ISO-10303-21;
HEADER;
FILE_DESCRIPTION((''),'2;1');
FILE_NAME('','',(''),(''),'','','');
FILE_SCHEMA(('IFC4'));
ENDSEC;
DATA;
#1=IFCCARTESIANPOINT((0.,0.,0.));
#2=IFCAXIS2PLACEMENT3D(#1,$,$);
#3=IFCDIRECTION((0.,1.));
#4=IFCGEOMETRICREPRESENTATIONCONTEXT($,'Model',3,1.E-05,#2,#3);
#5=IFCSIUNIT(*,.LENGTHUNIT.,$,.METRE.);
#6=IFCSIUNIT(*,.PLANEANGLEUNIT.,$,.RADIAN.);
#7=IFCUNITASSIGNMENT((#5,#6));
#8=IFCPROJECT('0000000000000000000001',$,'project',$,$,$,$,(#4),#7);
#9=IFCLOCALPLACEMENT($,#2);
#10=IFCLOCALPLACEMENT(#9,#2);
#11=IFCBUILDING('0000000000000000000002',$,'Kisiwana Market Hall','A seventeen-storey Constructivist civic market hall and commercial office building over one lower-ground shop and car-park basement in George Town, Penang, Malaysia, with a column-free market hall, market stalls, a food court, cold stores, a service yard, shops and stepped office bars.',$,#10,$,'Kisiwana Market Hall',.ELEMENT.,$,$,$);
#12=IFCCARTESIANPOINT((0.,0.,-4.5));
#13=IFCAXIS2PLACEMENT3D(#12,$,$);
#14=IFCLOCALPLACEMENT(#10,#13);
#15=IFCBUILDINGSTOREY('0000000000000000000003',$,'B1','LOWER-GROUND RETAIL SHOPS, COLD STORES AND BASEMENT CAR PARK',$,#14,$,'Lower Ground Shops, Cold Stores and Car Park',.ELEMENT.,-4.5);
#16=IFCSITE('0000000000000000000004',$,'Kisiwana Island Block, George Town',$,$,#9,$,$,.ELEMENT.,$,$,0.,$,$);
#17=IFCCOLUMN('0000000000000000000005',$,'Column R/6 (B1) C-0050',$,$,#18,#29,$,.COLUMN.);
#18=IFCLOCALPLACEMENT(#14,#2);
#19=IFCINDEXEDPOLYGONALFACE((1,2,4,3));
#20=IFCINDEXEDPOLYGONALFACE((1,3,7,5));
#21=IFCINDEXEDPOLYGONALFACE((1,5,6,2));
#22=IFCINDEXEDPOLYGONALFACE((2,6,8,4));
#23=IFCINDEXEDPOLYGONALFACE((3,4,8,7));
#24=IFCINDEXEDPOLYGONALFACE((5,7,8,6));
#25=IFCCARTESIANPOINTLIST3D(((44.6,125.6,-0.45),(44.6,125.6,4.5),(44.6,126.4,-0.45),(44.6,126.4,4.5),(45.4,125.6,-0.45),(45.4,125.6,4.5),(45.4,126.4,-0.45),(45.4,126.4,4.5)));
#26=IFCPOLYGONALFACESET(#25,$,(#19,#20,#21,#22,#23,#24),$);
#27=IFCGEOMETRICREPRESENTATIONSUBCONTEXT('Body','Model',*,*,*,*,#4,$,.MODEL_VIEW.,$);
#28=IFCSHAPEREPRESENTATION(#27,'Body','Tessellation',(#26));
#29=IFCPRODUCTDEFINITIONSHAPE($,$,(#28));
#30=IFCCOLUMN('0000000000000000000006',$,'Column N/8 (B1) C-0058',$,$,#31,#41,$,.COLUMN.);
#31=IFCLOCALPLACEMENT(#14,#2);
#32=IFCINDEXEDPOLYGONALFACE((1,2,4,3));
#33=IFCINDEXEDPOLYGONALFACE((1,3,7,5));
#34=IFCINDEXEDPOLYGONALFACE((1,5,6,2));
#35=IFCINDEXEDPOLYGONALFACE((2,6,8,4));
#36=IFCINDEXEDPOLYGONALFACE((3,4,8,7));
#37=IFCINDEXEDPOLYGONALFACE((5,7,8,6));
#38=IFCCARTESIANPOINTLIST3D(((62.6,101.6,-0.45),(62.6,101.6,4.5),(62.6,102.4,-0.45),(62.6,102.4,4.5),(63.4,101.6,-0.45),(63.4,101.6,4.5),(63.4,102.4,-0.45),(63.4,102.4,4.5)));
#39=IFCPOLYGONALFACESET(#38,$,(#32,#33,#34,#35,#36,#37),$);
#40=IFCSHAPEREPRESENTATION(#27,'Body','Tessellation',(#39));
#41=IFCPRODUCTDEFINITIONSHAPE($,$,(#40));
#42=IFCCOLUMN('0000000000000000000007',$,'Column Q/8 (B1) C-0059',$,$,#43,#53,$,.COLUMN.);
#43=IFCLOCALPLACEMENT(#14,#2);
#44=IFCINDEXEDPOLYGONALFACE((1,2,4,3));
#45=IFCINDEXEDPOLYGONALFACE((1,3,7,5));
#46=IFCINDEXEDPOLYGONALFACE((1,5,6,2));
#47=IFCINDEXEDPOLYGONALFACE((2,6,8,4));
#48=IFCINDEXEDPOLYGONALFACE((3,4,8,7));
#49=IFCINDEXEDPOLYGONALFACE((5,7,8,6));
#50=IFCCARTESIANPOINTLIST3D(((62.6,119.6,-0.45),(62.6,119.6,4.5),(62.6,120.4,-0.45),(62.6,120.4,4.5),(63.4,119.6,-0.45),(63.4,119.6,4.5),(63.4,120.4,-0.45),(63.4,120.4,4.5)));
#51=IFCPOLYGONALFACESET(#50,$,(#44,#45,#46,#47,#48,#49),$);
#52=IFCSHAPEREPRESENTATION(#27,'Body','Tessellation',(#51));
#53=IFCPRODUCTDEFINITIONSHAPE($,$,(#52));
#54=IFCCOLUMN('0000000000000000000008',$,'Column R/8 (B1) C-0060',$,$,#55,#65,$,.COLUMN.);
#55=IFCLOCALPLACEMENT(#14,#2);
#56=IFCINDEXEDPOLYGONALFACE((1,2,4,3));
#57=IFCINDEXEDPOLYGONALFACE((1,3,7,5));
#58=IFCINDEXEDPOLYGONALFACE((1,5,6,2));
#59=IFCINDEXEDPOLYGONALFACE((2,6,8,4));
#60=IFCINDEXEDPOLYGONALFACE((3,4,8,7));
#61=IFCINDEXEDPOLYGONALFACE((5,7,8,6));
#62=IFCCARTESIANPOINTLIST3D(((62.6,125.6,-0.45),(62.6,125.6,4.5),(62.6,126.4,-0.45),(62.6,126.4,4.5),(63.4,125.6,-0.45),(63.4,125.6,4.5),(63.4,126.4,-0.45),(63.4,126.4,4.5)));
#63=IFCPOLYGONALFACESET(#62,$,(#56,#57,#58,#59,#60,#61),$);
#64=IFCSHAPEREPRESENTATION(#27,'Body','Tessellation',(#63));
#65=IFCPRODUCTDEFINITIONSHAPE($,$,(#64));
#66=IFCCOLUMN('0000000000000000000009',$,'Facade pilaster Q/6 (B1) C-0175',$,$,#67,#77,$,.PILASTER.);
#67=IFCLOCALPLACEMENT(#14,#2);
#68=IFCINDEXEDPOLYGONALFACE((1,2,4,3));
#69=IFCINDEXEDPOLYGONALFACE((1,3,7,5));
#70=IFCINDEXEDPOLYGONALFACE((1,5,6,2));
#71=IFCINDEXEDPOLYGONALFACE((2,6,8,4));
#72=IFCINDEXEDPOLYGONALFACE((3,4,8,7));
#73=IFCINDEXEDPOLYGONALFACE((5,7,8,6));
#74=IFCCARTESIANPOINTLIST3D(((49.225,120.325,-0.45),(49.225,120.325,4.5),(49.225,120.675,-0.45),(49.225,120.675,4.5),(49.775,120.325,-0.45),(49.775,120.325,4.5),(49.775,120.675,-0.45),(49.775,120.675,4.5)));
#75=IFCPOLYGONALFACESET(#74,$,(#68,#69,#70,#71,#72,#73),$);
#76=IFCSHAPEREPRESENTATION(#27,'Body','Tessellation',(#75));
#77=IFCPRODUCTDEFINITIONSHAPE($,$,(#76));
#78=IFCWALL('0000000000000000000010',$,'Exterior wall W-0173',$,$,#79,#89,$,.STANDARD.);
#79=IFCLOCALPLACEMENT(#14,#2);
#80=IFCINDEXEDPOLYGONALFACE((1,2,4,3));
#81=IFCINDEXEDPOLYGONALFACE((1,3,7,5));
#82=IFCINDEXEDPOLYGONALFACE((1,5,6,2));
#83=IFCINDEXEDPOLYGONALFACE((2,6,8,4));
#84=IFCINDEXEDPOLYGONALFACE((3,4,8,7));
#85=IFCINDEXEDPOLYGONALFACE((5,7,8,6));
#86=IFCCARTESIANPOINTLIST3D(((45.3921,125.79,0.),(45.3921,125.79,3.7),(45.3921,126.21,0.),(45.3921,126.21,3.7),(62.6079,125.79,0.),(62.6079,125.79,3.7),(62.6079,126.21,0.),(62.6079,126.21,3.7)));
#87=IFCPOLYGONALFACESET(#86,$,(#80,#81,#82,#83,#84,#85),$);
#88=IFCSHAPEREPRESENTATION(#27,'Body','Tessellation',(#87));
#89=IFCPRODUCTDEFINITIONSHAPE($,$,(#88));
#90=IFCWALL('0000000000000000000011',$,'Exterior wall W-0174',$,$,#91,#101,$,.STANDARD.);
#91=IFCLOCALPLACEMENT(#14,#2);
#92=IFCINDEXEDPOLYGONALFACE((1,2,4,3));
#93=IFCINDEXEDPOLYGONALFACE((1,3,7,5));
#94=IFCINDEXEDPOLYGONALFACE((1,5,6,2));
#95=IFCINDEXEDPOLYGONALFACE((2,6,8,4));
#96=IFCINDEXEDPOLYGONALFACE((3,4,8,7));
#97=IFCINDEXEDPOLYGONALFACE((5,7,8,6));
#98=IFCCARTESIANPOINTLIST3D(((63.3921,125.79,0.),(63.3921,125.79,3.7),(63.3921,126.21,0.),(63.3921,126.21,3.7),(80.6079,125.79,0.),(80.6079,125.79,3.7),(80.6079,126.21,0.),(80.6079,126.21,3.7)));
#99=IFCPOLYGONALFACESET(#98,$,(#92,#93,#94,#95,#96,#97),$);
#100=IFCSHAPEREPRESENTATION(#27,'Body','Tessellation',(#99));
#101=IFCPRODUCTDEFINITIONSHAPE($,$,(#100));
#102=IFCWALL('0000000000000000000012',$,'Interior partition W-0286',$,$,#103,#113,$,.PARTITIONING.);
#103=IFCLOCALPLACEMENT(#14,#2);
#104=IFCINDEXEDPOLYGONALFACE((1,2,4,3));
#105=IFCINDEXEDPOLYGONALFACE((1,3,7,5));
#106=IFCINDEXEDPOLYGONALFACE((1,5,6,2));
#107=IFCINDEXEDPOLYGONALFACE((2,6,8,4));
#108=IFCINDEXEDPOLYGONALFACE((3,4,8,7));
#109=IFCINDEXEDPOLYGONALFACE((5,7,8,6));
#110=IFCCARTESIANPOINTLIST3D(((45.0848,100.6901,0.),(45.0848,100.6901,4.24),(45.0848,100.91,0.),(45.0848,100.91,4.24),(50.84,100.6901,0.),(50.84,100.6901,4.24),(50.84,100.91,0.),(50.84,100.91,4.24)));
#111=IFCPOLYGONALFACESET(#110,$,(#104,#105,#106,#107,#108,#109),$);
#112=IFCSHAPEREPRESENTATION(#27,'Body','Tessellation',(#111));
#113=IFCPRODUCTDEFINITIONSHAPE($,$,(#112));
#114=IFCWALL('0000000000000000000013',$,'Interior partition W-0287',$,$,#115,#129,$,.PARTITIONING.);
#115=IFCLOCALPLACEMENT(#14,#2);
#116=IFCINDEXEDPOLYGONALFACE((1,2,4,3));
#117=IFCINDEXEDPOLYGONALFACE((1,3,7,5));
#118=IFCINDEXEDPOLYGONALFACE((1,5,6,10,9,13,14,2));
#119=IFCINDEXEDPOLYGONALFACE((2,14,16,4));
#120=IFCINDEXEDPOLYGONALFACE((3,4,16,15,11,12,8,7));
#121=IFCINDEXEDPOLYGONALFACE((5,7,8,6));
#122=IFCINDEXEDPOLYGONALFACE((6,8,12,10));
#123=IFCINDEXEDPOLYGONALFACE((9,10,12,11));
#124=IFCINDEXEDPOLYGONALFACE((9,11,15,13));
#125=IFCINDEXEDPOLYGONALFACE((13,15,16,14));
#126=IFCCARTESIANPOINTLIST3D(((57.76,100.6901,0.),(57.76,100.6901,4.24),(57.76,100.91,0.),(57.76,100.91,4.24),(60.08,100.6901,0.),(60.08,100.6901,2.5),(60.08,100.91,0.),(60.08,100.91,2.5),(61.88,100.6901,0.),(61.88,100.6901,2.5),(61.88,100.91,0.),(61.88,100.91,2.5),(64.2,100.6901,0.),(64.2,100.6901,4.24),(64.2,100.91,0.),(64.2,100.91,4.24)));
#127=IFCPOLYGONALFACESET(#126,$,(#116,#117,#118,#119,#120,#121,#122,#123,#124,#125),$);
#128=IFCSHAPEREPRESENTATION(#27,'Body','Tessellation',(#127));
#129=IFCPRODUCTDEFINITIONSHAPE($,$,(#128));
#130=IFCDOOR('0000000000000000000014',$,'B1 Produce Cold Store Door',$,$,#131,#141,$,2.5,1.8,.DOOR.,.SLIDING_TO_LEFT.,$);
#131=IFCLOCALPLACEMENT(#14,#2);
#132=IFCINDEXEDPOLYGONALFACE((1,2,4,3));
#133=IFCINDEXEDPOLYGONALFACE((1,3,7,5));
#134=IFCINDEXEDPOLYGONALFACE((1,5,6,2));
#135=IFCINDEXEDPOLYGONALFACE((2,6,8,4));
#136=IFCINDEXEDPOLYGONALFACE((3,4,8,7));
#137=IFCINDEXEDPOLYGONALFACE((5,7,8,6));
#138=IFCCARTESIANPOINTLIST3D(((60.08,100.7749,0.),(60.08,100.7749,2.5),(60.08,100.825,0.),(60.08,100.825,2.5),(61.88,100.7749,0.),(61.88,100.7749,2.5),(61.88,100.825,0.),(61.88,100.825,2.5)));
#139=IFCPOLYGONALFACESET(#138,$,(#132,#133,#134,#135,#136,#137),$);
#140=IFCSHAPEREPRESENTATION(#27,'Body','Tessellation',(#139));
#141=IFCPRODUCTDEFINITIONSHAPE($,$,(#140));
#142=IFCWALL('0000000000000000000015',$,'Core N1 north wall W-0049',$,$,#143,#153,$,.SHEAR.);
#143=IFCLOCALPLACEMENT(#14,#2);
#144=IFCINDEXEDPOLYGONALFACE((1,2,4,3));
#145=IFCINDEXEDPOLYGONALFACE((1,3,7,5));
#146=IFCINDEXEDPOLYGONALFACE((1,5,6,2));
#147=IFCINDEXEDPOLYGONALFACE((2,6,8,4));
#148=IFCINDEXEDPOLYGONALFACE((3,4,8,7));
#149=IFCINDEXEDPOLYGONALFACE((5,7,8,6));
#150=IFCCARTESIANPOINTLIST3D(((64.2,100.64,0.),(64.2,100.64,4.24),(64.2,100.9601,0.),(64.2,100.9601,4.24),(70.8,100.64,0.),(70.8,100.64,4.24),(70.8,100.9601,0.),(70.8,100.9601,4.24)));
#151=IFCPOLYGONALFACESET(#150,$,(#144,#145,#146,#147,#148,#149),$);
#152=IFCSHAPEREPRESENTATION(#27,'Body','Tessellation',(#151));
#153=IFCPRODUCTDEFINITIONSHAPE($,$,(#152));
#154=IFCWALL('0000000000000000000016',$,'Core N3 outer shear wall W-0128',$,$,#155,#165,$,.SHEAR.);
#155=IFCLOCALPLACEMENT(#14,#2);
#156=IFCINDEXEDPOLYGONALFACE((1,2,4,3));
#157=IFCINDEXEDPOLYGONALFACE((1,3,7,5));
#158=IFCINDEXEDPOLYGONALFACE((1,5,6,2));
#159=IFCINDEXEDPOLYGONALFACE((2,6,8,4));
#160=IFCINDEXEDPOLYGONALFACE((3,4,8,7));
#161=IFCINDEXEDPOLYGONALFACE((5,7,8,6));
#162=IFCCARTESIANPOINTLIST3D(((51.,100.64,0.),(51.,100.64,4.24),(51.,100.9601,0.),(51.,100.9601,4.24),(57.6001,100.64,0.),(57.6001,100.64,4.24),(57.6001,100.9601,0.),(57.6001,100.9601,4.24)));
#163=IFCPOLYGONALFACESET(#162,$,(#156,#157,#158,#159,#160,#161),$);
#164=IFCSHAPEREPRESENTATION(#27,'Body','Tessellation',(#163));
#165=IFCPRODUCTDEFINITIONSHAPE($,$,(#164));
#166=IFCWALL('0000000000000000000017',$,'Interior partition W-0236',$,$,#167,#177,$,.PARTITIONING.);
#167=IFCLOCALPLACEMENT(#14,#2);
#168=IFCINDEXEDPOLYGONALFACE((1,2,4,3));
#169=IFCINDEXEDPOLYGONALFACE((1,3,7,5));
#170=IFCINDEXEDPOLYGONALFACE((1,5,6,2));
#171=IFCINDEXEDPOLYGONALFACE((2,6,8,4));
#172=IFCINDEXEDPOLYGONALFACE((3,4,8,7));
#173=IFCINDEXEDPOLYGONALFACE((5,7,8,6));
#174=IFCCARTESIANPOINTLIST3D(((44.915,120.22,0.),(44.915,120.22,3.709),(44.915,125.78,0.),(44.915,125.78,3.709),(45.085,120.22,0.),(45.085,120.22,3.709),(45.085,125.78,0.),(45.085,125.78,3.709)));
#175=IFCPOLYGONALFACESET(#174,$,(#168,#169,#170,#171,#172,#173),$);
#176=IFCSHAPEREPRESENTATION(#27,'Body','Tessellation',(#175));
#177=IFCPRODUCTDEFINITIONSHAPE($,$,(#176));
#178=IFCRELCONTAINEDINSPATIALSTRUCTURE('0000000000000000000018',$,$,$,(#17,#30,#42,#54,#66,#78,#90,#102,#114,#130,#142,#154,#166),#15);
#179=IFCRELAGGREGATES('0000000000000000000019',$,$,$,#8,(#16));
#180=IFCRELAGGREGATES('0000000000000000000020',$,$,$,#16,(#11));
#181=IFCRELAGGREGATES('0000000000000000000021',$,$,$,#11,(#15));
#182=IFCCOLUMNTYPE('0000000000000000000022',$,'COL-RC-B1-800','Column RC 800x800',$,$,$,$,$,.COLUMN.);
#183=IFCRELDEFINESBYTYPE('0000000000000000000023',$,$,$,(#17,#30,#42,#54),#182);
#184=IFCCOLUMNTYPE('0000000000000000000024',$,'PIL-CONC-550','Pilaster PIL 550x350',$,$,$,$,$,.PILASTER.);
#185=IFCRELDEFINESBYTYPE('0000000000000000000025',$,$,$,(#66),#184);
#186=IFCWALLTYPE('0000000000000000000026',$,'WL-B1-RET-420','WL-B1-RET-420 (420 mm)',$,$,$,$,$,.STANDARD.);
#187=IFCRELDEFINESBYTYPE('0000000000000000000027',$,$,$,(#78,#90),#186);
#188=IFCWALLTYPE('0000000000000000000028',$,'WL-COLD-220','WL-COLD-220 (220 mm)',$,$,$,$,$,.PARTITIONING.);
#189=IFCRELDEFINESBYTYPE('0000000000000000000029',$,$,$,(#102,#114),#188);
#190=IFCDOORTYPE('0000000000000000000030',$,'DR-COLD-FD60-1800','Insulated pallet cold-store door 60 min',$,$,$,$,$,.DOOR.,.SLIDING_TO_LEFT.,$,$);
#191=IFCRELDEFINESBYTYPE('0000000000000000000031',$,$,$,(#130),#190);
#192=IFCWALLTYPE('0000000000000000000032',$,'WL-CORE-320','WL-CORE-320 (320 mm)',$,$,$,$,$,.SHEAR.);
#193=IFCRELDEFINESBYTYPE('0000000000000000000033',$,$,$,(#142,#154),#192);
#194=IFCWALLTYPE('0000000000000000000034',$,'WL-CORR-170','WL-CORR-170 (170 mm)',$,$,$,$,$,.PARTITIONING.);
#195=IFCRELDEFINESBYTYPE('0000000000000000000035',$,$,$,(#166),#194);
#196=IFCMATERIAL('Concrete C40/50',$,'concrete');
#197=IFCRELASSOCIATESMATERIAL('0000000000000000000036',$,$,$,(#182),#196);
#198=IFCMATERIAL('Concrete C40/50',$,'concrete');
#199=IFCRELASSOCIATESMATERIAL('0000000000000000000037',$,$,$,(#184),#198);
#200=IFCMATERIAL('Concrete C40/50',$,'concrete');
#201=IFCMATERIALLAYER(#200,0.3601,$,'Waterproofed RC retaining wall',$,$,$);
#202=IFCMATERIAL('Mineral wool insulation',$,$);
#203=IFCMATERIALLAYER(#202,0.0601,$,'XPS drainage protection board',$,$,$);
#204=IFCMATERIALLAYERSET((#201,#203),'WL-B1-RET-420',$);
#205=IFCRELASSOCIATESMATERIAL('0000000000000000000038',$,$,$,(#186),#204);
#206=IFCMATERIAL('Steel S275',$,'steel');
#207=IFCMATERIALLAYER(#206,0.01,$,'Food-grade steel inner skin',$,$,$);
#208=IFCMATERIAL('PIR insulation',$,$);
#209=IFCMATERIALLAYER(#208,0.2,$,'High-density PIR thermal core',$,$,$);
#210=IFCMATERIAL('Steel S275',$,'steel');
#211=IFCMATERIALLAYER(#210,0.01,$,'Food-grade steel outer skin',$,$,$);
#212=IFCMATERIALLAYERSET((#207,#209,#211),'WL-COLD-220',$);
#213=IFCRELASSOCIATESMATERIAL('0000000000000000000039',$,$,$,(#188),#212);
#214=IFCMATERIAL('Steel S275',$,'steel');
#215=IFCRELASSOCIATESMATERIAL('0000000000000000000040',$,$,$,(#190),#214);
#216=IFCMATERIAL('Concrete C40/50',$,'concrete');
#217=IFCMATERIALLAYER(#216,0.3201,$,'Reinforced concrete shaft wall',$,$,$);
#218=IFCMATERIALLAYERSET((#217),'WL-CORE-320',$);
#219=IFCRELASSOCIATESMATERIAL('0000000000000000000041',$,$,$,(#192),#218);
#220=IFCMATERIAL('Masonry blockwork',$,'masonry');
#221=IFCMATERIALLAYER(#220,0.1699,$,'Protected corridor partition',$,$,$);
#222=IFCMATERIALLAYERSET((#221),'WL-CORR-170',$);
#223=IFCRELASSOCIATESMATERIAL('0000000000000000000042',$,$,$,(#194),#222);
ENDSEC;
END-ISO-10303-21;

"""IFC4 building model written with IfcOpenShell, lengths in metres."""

from ifc_helpers import new_model, si_unit, direction, frame, frame_2d, origin, origin_2d, place, context, subcontext, project, spatial, rectangle, extrude, material, layer, layer_set, material_profile, profile_set, type_object, element, fill, save


model = new_model("IFC4")

# Units and contexts
model_context = context("Model", 3, precision=1e-05, world=origin(), true_north=direction((0.0, 1.0)))
body_context = subcontext(model_context, "Body", "Model", "MODEL_VIEW")
ifc_project = project(units=[si_unit("LENGTHUNIT", "METRE"), si_unit("PLANEANGLEUNIT", "RADIAN")], contexts=[model_context])

# Site, building, storey
site_placement = place(None, origin())
site = spatial("IfcSite", under=ifc_project, at=site_placement, Name="Kisiwana Island Block, George Town", CompositionType="ELEMENT", RefElevation=0.0)
building_placement = place(site_placement, origin())
building = spatial("IfcBuilding", under=site, at=building_placement, Name="Kisiwana Market Hall", Description="A seventeen-storey Constructivist civic market hall and commercial office building over one lower-ground shop and car-park basement in George Town, Penang, Malaysia, with a column-free market hall, market stalls, a food court, cold stores, a service yard, shops and stepped office bars.", LongName="Kisiwana Market Hall", CompositionType="ELEMENT")
storey_placement = place(building_placement, frame((0.0, 0.0, -4.5)))
storey = spatial("IfcBuildingStorey", under=building, at=storey_placement, Name="B1", Description="LOWER-GROUND RETAIL SHOPS, COLD STORES AND BASEMENT CAR PARK", LongName="Lower Ground Shops, Cold Stores and Car Park", CompositionType="ELEMENT", Elevation=-4.5)

# Columns
ifc_material_1 = material(Name="Concrete C40/50", Category="concrete")
ifc_material_profile_1 = material_profile(ifc_material_1, rectangle(XDim=0.8, YDim=0.8, at=origin_2d()), Name="RC 800x800")
ifc_profile_set_1 = profile_set([ifc_material_profile_1], Name="Concrete C40/50")
column_type_1 = type_object("IfcColumnType", Name="COL-RC-B1-800", Description="Column RC 800x800", PredefinedType="COLUMN", material=ifc_profile_set_1)
for number, where, z_axis, x_axis, name in (
    (1, (45.0, 126.0, -0.45), (0.0, 0.0, 1.0), (1.0, 0.0, 0.0), "Column R/6 (B1) C-0050"),
    (2, (63.0, 102.0, -0.45), (0.0, 0.0, 1.0), (1.0, 0.0, 0.0), "Column N/8 (B1) C-0058"),
    (3, (63.0, 120.0, -0.45), (0.0, 0.0, 1.0), (1.0, 0.0, 0.0), "Column Q/8 (B1) C-0059"),
    (4, (63.0, 126.0, -0.45), (0.0, 0.0, 1.0), (1.0, 0.0, 0.0), "Column R/8 (B1) C-0060"),
):
    element("IfcColumn", number, at=place(storey_placement, frame(where, z_axis=z_axis, x_axis=x_axis)), inside=storey, type_object=column_type_1, Name=name, PredefinedType="COLUMN", context=body_context, shape_type="SweptSolid", body=[
        extrude(rectangle(XDim=0.8, YDim=0.8, at=origin_2d()), origin(), (0.0, 0.0, 1.0), 4.95),
    ])
ifc_material_2 = material(Name="Concrete C40/50", Category="concrete")
ifc_material_profile_2 = material_profile(ifc_material_2, rectangle(XDim=0.55, YDim=0.3501, at=origin_2d()), Name="PIL 550x350")
ifc_profile_set_2 = profile_set([ifc_material_profile_2], Name="Concrete C40/50")
column_type_2 = type_object("IfcColumnType", Name="PIL-CONC-550", Description="Pilaster PIL 550x350", PredefinedType="PILASTER", material=ifc_profile_set_2)
column_placement = place(storey_placement, frame((49.5, 120.5, -0.45), z_axis=(0.0, 0.0, 1.0), x_axis=(1.0, 0.0, 0.0)))
element("IfcColumn", 5, at=column_placement, inside=storey, type_object=column_type_2, Name="Facade pilaster Q/6 (B1) C-0175", PredefinedType="PILASTER", context=body_context, shape_type="SweptSolid", body=[
    extrude(rectangle(XDim=0.55, YDim=0.3501, at=origin_2d()), origin(), (0.0, 0.0, 1.0), 4.95),
])

# Walls
ifc_material_3 = material(Name="Concrete C40/50", Category="concrete")
ifc_layer_1 = layer(ifc_material_3, 0.3601, Name="Waterproofed RC retaining wall")
ifc_material_4 = material(Name="Mineral wool insulation")
ifc_layer_2 = layer(ifc_material_4, 0.0601, Name="XPS drainage protection board")
ifc_layer_set_1 = layer_set([ifc_layer_1, ifc_layer_2], Name="WL-B1-RET-420")
wall_type_1 = type_object("IfcWallType", Name="WL-B1-RET-420", Description="WL-B1-RET-420 (420 mm)", PredefinedType="STANDARD", material=ifc_layer_set_1)
for number, where, z_axis, x_axis, name in (
    (6, (45.3921, 126.0, 0.0), (0.0, 0.0, 1.0), (1.0, 0.0, 0.0), "Exterior wall W-0173"),
    (7, (63.3921, 126.0, 0.0), (0.0, 0.0, 1.0), (1.0, 0.0, 0.0), "Exterior wall W-0174"),
):
    element("IfcWall", number, at=place(storey_placement, frame(where, z_axis=z_axis, x_axis=x_axis)), inside=storey, type_object=wall_type_1, Name=name, PredefinedType="STANDARD", context=body_context, shape_type="SweptSolid", body=[
        extrude(rectangle(XDim=17.2158, YDim=0.4199, at=frame_2d((8.6079, 0.0))), origin(), (0.0, 0.0, 1.0), 3.7),
    ])
ifc_material_5 = material(Name="Steel S275", Category="steel")
ifc_layer_3 = layer(ifc_material_5, 0.01, Name="Food-grade steel inner skin")
ifc_material_6 = material(Name="PIR insulation")
ifc_layer_4 = layer(ifc_material_6, 0.2, Name="High-density PIR thermal core")
ifc_material_7 = material(Name="Steel S275", Category="steel")
ifc_layer_5 = layer(ifc_material_7, 0.01, Name="Food-grade steel outer skin")
ifc_layer_set_2 = layer_set([ifc_layer_3, ifc_layer_4, ifc_layer_5], Name="WL-COLD-220")
wall_type_2 = type_object("IfcWallType", Name="WL-COLD-220", Description="WL-COLD-220 (220 mm)", PredefinedType="PARTITIONING", material=ifc_layer_set_2)
wall_1_placement = place(storey_placement, frame((45.085, 100.8, 0.0), z_axis=(0.0, 0.0, 1.0), x_axis=(1.0, 0.0, 0.0)))
element("IfcWall", 8, at=wall_1_placement, inside=storey, type_object=wall_type_2, Name="Interior partition W-0286", PredefinedType="PARTITIONING", context=body_context, shape_type="SweptSolid", body=[
    extrude(rectangle(XDim=5.7551, YDim=0.22, at=frame_2d((2.8774, 0.0))), origin(), (0.0, 0.0, 1.0), 4.24),
])

# Wall, opening, door
wall_2_placement = place(storey_placement, frame((57.76, 100.8, 0.0), z_axis=(0.0, 0.0, 1.0), x_axis=(1.0, 0.0, 0.0)))
wall_2 = element("IfcWall", 9, at=wall_2_placement, inside=storey, type_object=wall_type_2, Name="Interior partition W-0287", PredefinedType="PARTITIONING", context=body_context, shape_type="SweptSolid", body=[
    extrude(rectangle(XDim=6.4399, YDim=0.22, at=frame_2d((3.22, 0.0))), origin(), (0.0, 0.0, 1.0), 4.24),
])
opening_placement = place(wall_2_placement, frame((2.3201, 0.0, 0.0)))
opening = element("IfcOpeningElement", 10, at=opening_placement, cuts=wall_2, PredefinedType="OPENING", context=body_context, shape_type="SweptSolid", body=[
    extrude(rectangle(XDim=1.8, YDim=2.5, at=frame_2d((0.8999, 1.25))), frame((0.0, 0.1221, 0.0), z_axis=(0.0, -1.0, 0.0), x_axis=(1.0, 0.0, 0.0)), (0.0, 0.0, 1.0), 0.2439),
])
ifc_material_8 = material(Name="Steel S275", Category="steel")
door_type = type_object("IfcDoorType", Name="DR-COLD-FD60-1800", Description="Insulated pallet cold-store door 60 min", OperationType="SLIDING_TO_LEFT", PredefinedType="DOOR", material=ifc_material_8)
door_placement = place(opening_placement, origin())
door = element("IfcDoor", 11, at=door_placement, inside=storey, type_object=door_type, Name="B1 Produce Cold Store Door", OperationType="SLIDING_TO_LEFT", OverallHeight=2.5, OverallWidth=1.8, PredefinedType="DOOR", context=body_context, shape_type="SweptSolid", body=[
    extrude(rectangle(XDim=1.8, YDim=2.5, at=frame_2d((0.8999, 1.25))), frame((0.0, 0.0249, 0.0), z_axis=(0.0, -1.0, 0.0), x_axis=(1.0, 0.0, 0.0)), (0.0, 0.0, 1.0), 0.05),
])
fill(opening, door)

# Walls
ifc_material_9 = material(Name="Concrete C40/50", Category="concrete")
ifc_layer_6 = layer(ifc_material_9, 0.3201, Name="Reinforced concrete shaft wall")
ifc_layer_set_3 = layer_set([ifc_layer_6], Name="WL-CORE-320")
wall_type_3 = type_object("IfcWallType", Name="WL-CORE-320", Description="WL-CORE-320 (320 mm)", PredefinedType="SHEAR", material=ifc_layer_set_3)
for number, where, z_axis, x_axis, name in (
    (12, (64.2, 100.8, 0.0), (0.0, 0.0, 1.0), (1.0, 0.0, 0.0), "Core N1 north wall W-0049"),
    (13, (51.0, 100.8, 0.0), (0.0, 0.0, 1.0), (1.0, 0.0, 0.0), "Core N3 outer shear wall W-0128"),
):
    element("IfcWall", number, at=place(storey_placement, frame(where, z_axis=z_axis, x_axis=x_axis)), inside=storey, type_object=wall_type_3, Name=name, PredefinedType="SHEAR", context=body_context, shape_type="SweptSolid", body=[
        extrude(rectangle(XDim=6.6001, YDim=0.3201, at=frame_2d((3.3, 0.0))), origin(), (0.0, 0.0, 1.0), 4.24),
    ])
ifc_material_10 = material(Name="Masonry blockwork", Category="masonry")
ifc_layer_7 = layer(ifc_material_10, 0.1699, Name="Protected corridor partition")
ifc_layer_set_4 = layer_set([ifc_layer_7], Name="WL-CORR-170")
wall_type_4 = type_object("IfcWallType", Name="WL-CORR-170", Description="WL-CORR-170 (170 mm)", PredefinedType="PARTITIONING", material=ifc_layer_set_4)
wall_3_placement = place(storey_placement, frame((45.0, 120.22, 0.0), z_axis=(0.0, 0.0, 1.0), x_axis=(0.0, 1.0, 0.0)))
element("IfcWall", 14, at=wall_3_placement, inside=storey, type_object=wall_type_4, Name="Interior partition W-0236", PredefinedType="PARTITIONING", context=body_context, shape_type="SweptSolid", body=[
    extrude(rectangle(XDim=5.5601, YDim=0.1699, at=frame_2d((2.78, 0.0))), origin(), (0.0, 0.0, 1.0), 3.709),
])

save(model, "model.ifc")
